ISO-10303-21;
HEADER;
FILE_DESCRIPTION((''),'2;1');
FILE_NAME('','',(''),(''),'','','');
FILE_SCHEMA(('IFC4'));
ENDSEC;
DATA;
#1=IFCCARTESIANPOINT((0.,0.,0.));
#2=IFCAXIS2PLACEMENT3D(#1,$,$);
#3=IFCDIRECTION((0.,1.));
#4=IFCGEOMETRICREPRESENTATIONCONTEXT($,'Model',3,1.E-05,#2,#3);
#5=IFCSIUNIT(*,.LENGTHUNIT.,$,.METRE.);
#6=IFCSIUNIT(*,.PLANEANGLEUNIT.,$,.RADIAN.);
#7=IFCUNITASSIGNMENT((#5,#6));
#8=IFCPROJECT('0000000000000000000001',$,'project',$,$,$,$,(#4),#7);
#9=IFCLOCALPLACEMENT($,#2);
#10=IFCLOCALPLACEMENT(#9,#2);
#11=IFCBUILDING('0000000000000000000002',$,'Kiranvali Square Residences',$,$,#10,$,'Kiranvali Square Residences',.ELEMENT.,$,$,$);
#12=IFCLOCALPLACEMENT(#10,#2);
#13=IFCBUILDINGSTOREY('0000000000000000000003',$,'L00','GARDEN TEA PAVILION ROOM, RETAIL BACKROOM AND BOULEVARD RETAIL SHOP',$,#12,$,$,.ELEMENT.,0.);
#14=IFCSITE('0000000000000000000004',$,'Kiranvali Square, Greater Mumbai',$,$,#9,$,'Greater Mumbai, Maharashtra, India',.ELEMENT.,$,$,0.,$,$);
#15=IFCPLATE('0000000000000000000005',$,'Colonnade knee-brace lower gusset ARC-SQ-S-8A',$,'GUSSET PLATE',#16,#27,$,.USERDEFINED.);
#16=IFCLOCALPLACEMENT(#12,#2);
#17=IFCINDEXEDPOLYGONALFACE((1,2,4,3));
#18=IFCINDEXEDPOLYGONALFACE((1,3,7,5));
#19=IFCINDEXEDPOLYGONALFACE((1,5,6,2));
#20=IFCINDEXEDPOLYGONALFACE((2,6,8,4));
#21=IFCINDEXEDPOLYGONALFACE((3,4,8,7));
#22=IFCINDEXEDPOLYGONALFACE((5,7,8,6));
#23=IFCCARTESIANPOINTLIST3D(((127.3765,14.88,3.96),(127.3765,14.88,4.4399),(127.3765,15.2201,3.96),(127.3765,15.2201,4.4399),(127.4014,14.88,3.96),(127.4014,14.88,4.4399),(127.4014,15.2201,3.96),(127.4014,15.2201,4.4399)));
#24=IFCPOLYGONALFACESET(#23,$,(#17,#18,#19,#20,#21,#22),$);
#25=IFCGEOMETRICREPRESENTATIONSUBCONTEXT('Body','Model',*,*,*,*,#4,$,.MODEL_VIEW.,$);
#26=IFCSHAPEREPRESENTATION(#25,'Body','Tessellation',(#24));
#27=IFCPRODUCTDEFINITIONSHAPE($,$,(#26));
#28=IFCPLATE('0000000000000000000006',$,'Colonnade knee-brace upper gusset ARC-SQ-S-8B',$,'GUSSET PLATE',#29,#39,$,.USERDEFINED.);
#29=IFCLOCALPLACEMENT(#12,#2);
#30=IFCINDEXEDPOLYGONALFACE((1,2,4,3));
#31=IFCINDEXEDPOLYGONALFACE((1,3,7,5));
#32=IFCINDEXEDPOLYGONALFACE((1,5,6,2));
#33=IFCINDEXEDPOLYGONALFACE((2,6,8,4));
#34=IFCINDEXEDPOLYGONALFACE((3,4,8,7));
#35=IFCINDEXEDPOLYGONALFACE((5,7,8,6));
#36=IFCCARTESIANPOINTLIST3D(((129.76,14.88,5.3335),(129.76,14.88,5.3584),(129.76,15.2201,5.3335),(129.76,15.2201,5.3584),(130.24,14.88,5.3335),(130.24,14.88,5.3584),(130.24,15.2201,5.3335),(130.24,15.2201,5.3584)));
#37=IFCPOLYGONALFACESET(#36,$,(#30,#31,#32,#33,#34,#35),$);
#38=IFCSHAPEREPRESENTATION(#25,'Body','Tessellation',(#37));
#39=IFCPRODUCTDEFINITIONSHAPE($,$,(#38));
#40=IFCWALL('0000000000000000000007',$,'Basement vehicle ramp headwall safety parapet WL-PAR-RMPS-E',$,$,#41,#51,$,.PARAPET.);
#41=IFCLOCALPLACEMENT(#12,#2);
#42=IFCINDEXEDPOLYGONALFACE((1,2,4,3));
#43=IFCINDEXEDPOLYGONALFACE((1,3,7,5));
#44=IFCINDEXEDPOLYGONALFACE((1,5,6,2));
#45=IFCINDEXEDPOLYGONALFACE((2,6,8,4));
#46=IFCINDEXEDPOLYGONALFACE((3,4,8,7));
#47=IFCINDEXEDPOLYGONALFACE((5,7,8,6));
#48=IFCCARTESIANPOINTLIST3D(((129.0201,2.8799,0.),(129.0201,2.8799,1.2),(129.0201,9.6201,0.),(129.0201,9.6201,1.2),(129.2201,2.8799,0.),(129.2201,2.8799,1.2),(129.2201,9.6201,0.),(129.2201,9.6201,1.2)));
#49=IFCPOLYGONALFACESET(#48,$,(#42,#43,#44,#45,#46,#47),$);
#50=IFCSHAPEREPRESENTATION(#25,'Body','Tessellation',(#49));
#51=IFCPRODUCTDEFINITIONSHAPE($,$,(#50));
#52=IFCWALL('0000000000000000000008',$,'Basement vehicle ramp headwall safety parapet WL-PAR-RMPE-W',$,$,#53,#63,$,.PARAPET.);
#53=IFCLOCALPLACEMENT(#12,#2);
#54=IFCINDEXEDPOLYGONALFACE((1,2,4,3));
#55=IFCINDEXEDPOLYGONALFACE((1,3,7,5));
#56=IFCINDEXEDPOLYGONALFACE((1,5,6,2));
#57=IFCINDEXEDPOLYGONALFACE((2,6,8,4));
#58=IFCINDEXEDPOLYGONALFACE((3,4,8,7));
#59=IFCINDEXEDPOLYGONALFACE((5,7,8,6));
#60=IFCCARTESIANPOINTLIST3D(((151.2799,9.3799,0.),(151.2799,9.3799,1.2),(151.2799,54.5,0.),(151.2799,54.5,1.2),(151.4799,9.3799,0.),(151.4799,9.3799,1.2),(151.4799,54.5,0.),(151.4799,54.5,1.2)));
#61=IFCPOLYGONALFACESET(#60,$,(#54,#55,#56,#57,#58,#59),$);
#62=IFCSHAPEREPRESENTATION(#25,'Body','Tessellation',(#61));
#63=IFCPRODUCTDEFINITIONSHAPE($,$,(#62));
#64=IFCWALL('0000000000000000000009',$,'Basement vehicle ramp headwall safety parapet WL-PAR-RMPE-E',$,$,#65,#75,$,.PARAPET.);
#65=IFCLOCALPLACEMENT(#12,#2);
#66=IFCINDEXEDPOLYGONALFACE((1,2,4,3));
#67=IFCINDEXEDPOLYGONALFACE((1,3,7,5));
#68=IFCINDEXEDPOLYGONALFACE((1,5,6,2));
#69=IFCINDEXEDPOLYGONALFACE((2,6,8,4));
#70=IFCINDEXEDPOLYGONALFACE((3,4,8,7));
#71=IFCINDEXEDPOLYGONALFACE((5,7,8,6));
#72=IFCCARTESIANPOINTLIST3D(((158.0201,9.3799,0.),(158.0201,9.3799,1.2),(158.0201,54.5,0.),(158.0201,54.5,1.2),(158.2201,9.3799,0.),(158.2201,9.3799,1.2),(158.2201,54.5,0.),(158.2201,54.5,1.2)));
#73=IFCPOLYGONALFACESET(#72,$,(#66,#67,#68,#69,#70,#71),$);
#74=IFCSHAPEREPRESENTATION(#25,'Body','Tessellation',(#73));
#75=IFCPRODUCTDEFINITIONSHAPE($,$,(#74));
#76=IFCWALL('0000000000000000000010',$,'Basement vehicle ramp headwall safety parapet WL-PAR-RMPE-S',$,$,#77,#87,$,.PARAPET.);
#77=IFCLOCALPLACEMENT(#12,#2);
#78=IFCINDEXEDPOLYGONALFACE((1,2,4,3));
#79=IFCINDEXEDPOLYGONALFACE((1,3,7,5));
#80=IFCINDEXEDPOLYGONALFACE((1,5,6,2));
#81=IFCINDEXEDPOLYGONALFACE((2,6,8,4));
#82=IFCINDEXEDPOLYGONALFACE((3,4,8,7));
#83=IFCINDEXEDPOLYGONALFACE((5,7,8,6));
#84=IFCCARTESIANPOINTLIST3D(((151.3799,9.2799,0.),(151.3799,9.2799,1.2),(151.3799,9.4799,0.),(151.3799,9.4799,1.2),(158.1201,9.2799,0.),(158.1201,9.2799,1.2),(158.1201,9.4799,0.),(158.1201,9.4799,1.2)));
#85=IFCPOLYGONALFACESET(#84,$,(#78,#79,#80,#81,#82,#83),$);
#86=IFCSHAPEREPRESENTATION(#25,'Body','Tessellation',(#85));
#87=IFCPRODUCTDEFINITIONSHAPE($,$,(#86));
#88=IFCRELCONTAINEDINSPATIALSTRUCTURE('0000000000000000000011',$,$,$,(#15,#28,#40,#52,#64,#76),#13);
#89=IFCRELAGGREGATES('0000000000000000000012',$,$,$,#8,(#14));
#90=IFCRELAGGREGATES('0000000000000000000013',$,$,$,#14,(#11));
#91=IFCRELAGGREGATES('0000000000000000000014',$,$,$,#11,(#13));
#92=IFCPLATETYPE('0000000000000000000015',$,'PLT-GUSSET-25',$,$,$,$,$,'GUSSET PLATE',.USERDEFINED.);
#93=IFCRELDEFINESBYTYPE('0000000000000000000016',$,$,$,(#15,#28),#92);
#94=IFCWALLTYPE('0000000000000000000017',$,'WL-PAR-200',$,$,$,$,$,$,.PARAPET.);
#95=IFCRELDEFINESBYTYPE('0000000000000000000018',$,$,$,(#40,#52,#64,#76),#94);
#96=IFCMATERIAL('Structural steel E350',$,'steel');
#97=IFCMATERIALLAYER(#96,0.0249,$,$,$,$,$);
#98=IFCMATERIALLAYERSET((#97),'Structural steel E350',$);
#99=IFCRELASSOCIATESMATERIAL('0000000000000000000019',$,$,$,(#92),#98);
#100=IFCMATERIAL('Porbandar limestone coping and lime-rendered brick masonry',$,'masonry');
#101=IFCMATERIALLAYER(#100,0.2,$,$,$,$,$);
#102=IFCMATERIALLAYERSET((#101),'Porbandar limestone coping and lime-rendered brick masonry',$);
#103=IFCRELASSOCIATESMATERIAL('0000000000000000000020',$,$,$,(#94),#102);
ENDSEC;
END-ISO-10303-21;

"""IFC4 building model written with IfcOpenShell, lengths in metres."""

from ifc_helpers import new_model, si_unit, direction, frame, frame_2d, origin, origin_2d, place, context, subcontext, project, spatial, rectangle, extrude, material, layer, layer_set, type_object, element, save


model = new_model("IFC4")

# Units and contexts
model_context = context("Model", 3, precision=1e-05, world=origin(), true_north=direction((0.0, 1.0)))
body_context = subcontext(model_context, "Body", "Model", "MODEL_VIEW")
ifc_project = project(units=[si_unit("LENGTHUNIT", "METRE"), si_unit("PLANEANGLEUNIT", "RADIAN")], contexts=[model_context])

# Site, building, storey
site_placement = place(None, origin())
site = spatial("IfcSite", under=ifc_project, at=site_placement, Name="Kiranvali Square, Greater Mumbai", LongName="Greater Mumbai, Maharashtra, India", CompositionType="ELEMENT", RefElevation=0.0)
building_placement = place(site_placement, origin())
building = spatial("IfcBuilding", under=site, at=building_placement, Name="Kiranvali Square Residences", LongName="Kiranvali Square Residences", CompositionType="ELEMENT")
storey_placement = place(building_placement, origin())
storey = spatial("IfcBuildingStorey", under=building, at=storey_placement, Name="L00", Description="GARDEN TEA PAVILION ROOM, RETAIL BACKROOM AND BOULEVARD RETAIL SHOP", CompositionType="ELEMENT", Elevation=0.0)

# Shared definitions
ifc_material_1 = material(Name="Structural steel E350", Category="steel")

# Plates
ifc_layer_1 = layer(ifc_material_1, 0.0249)
ifc_layer_set_1 = layer_set([ifc_layer_1], Name="Structural steel E350")
plate_type_1 = type_object("IfcPlateType", Name="PLT-GUSSET-25", ElementType="GUSSET PLATE", PredefinedType="USERDEFINED", material=ifc_layer_set_1)
plate_1_placement = place(storey_placement, frame((127.3889, 15.05, 3.96), z_axis=(0.0, 0.0, 1.0), x_axis=(1.0, 0.0, 0.0)))
element("IfcPlate", 1, at=plate_1_placement, inside=storey, type_object=plate_type_1, Name="Colonnade knee-brace lower gusset ARC-SQ-S-8A", ObjectType="GUSSET PLATE", PredefinedType="USERDEFINED", context=body_context, shape_type="SweptSolid", body=[
    extrude(rectangle(XDim=0.0249, YDim=0.3401, at=origin_2d()), origin(), (0.0, 0.0, 1.0), 0.48),
])
plate_2_placement = place(storey_placement, frame((130.0, 15.05, 5.3335), z_axis=(0.0, 0.0, 1.0), x_axis=(1.0, 0.0, 0.0)))
element("IfcPlate", 2, at=plate_2_placement, inside=storey, type_object=plate_type_1, Name="Colonnade knee-brace upper gusset ARC-SQ-S-8B", ObjectType="GUSSET PLATE", PredefinedType="USERDEFINED", context=body_context, shape_type="SweptSolid", body=[
    extrude(rectangle(XDim=0.48, YDim=0.3401, at=origin_2d()), origin(), (0.0, 0.0, 1.0), 0.0249),
])

# Walls
ifc_material_2 = material(Name="Porbandar limestone coping and lime-rendered brick masonry", Category="masonry")
ifc_layer_2 = layer(ifc_material_2, 0.2)
ifc_layer_set_2 = layer_set([ifc_layer_2], Name="Porbandar limestone coping and lime-rendered brick masonry")
wall_type = type_object("IfcWallType", Name="WL-PAR-200", PredefinedType="PARAPET", material=ifc_layer_set_2)
wall_1_placement = place(storey_placement, frame((129.1201, 2.8799, 0.0), z_axis=(0.0, 0.0, 1.0), x_axis=(0.0, 1.0, 0.0)))
element("IfcWall", 3, at=wall_1_placement, inside=storey, type_object=wall_type, Name="Basement vehicle ramp headwall safety parapet WL-PAR-RMPS-E", PredefinedType="PARAPET", context=body_context, shape_type="SweptSolid", body=[
    extrude(rectangle(XDim=6.7402, YDim=0.2, at=frame_2d((3.3701, 0.0))), origin(), (0.0, 0.0, 1.0), 1.2),
])
for number, where, z_axis, x_axis, name in (
    (4, (151.3799, 9.3799, 0.0), (0.0, 0.0, 1.0), (0.0, 1.0, 0.0), "Basement vehicle ramp headwall safety parapet WL-PAR-RMPE-W"),
    (5, (158.1201, 9.3799, 0.0), (0.0, 0.0, 1.0), (0.0, 1.0, 0.0), "Basement vehicle ramp headwall safety parapet WL-PAR-RMPE-E"),
):
    element("IfcWall", number, at=place(storey_placement, frame(where, z_axis=z_axis, x_axis=x_axis)), inside=storey, type_object=wall_type, Name=name, PredefinedType="PARAPET", context=body_context, shape_type="SweptSolid", body=[
        extrude(rectangle(XDim=45.1201, YDim=0.2, at=frame_2d((22.5601, 0.0))), origin(), (0.0, 0.0, 1.0), 1.2),
    ])
wall_2_placement = place(storey_placement, frame((151.3799, 9.3799, 0.0), z_axis=(0.0, 0.0, 1.0), x_axis=(1.0, 0.0, 0.0)))
element("IfcWall", 6, at=wall_2_placement, inside=storey, type_object=wall_type, Name="Basement vehicle ramp headwall safety parapet WL-PAR-RMPE-S", PredefinedType="PARAPET", context=body_context, shape_type="SweptSolid", body=[
    extrude(rectangle(XDim=6.7402, YDim=0.2, at=frame_2d((3.3701, 0.0))), origin(), (0.0, 0.0, 1.0), 1.2),
])

save(model, "model.ifc")
